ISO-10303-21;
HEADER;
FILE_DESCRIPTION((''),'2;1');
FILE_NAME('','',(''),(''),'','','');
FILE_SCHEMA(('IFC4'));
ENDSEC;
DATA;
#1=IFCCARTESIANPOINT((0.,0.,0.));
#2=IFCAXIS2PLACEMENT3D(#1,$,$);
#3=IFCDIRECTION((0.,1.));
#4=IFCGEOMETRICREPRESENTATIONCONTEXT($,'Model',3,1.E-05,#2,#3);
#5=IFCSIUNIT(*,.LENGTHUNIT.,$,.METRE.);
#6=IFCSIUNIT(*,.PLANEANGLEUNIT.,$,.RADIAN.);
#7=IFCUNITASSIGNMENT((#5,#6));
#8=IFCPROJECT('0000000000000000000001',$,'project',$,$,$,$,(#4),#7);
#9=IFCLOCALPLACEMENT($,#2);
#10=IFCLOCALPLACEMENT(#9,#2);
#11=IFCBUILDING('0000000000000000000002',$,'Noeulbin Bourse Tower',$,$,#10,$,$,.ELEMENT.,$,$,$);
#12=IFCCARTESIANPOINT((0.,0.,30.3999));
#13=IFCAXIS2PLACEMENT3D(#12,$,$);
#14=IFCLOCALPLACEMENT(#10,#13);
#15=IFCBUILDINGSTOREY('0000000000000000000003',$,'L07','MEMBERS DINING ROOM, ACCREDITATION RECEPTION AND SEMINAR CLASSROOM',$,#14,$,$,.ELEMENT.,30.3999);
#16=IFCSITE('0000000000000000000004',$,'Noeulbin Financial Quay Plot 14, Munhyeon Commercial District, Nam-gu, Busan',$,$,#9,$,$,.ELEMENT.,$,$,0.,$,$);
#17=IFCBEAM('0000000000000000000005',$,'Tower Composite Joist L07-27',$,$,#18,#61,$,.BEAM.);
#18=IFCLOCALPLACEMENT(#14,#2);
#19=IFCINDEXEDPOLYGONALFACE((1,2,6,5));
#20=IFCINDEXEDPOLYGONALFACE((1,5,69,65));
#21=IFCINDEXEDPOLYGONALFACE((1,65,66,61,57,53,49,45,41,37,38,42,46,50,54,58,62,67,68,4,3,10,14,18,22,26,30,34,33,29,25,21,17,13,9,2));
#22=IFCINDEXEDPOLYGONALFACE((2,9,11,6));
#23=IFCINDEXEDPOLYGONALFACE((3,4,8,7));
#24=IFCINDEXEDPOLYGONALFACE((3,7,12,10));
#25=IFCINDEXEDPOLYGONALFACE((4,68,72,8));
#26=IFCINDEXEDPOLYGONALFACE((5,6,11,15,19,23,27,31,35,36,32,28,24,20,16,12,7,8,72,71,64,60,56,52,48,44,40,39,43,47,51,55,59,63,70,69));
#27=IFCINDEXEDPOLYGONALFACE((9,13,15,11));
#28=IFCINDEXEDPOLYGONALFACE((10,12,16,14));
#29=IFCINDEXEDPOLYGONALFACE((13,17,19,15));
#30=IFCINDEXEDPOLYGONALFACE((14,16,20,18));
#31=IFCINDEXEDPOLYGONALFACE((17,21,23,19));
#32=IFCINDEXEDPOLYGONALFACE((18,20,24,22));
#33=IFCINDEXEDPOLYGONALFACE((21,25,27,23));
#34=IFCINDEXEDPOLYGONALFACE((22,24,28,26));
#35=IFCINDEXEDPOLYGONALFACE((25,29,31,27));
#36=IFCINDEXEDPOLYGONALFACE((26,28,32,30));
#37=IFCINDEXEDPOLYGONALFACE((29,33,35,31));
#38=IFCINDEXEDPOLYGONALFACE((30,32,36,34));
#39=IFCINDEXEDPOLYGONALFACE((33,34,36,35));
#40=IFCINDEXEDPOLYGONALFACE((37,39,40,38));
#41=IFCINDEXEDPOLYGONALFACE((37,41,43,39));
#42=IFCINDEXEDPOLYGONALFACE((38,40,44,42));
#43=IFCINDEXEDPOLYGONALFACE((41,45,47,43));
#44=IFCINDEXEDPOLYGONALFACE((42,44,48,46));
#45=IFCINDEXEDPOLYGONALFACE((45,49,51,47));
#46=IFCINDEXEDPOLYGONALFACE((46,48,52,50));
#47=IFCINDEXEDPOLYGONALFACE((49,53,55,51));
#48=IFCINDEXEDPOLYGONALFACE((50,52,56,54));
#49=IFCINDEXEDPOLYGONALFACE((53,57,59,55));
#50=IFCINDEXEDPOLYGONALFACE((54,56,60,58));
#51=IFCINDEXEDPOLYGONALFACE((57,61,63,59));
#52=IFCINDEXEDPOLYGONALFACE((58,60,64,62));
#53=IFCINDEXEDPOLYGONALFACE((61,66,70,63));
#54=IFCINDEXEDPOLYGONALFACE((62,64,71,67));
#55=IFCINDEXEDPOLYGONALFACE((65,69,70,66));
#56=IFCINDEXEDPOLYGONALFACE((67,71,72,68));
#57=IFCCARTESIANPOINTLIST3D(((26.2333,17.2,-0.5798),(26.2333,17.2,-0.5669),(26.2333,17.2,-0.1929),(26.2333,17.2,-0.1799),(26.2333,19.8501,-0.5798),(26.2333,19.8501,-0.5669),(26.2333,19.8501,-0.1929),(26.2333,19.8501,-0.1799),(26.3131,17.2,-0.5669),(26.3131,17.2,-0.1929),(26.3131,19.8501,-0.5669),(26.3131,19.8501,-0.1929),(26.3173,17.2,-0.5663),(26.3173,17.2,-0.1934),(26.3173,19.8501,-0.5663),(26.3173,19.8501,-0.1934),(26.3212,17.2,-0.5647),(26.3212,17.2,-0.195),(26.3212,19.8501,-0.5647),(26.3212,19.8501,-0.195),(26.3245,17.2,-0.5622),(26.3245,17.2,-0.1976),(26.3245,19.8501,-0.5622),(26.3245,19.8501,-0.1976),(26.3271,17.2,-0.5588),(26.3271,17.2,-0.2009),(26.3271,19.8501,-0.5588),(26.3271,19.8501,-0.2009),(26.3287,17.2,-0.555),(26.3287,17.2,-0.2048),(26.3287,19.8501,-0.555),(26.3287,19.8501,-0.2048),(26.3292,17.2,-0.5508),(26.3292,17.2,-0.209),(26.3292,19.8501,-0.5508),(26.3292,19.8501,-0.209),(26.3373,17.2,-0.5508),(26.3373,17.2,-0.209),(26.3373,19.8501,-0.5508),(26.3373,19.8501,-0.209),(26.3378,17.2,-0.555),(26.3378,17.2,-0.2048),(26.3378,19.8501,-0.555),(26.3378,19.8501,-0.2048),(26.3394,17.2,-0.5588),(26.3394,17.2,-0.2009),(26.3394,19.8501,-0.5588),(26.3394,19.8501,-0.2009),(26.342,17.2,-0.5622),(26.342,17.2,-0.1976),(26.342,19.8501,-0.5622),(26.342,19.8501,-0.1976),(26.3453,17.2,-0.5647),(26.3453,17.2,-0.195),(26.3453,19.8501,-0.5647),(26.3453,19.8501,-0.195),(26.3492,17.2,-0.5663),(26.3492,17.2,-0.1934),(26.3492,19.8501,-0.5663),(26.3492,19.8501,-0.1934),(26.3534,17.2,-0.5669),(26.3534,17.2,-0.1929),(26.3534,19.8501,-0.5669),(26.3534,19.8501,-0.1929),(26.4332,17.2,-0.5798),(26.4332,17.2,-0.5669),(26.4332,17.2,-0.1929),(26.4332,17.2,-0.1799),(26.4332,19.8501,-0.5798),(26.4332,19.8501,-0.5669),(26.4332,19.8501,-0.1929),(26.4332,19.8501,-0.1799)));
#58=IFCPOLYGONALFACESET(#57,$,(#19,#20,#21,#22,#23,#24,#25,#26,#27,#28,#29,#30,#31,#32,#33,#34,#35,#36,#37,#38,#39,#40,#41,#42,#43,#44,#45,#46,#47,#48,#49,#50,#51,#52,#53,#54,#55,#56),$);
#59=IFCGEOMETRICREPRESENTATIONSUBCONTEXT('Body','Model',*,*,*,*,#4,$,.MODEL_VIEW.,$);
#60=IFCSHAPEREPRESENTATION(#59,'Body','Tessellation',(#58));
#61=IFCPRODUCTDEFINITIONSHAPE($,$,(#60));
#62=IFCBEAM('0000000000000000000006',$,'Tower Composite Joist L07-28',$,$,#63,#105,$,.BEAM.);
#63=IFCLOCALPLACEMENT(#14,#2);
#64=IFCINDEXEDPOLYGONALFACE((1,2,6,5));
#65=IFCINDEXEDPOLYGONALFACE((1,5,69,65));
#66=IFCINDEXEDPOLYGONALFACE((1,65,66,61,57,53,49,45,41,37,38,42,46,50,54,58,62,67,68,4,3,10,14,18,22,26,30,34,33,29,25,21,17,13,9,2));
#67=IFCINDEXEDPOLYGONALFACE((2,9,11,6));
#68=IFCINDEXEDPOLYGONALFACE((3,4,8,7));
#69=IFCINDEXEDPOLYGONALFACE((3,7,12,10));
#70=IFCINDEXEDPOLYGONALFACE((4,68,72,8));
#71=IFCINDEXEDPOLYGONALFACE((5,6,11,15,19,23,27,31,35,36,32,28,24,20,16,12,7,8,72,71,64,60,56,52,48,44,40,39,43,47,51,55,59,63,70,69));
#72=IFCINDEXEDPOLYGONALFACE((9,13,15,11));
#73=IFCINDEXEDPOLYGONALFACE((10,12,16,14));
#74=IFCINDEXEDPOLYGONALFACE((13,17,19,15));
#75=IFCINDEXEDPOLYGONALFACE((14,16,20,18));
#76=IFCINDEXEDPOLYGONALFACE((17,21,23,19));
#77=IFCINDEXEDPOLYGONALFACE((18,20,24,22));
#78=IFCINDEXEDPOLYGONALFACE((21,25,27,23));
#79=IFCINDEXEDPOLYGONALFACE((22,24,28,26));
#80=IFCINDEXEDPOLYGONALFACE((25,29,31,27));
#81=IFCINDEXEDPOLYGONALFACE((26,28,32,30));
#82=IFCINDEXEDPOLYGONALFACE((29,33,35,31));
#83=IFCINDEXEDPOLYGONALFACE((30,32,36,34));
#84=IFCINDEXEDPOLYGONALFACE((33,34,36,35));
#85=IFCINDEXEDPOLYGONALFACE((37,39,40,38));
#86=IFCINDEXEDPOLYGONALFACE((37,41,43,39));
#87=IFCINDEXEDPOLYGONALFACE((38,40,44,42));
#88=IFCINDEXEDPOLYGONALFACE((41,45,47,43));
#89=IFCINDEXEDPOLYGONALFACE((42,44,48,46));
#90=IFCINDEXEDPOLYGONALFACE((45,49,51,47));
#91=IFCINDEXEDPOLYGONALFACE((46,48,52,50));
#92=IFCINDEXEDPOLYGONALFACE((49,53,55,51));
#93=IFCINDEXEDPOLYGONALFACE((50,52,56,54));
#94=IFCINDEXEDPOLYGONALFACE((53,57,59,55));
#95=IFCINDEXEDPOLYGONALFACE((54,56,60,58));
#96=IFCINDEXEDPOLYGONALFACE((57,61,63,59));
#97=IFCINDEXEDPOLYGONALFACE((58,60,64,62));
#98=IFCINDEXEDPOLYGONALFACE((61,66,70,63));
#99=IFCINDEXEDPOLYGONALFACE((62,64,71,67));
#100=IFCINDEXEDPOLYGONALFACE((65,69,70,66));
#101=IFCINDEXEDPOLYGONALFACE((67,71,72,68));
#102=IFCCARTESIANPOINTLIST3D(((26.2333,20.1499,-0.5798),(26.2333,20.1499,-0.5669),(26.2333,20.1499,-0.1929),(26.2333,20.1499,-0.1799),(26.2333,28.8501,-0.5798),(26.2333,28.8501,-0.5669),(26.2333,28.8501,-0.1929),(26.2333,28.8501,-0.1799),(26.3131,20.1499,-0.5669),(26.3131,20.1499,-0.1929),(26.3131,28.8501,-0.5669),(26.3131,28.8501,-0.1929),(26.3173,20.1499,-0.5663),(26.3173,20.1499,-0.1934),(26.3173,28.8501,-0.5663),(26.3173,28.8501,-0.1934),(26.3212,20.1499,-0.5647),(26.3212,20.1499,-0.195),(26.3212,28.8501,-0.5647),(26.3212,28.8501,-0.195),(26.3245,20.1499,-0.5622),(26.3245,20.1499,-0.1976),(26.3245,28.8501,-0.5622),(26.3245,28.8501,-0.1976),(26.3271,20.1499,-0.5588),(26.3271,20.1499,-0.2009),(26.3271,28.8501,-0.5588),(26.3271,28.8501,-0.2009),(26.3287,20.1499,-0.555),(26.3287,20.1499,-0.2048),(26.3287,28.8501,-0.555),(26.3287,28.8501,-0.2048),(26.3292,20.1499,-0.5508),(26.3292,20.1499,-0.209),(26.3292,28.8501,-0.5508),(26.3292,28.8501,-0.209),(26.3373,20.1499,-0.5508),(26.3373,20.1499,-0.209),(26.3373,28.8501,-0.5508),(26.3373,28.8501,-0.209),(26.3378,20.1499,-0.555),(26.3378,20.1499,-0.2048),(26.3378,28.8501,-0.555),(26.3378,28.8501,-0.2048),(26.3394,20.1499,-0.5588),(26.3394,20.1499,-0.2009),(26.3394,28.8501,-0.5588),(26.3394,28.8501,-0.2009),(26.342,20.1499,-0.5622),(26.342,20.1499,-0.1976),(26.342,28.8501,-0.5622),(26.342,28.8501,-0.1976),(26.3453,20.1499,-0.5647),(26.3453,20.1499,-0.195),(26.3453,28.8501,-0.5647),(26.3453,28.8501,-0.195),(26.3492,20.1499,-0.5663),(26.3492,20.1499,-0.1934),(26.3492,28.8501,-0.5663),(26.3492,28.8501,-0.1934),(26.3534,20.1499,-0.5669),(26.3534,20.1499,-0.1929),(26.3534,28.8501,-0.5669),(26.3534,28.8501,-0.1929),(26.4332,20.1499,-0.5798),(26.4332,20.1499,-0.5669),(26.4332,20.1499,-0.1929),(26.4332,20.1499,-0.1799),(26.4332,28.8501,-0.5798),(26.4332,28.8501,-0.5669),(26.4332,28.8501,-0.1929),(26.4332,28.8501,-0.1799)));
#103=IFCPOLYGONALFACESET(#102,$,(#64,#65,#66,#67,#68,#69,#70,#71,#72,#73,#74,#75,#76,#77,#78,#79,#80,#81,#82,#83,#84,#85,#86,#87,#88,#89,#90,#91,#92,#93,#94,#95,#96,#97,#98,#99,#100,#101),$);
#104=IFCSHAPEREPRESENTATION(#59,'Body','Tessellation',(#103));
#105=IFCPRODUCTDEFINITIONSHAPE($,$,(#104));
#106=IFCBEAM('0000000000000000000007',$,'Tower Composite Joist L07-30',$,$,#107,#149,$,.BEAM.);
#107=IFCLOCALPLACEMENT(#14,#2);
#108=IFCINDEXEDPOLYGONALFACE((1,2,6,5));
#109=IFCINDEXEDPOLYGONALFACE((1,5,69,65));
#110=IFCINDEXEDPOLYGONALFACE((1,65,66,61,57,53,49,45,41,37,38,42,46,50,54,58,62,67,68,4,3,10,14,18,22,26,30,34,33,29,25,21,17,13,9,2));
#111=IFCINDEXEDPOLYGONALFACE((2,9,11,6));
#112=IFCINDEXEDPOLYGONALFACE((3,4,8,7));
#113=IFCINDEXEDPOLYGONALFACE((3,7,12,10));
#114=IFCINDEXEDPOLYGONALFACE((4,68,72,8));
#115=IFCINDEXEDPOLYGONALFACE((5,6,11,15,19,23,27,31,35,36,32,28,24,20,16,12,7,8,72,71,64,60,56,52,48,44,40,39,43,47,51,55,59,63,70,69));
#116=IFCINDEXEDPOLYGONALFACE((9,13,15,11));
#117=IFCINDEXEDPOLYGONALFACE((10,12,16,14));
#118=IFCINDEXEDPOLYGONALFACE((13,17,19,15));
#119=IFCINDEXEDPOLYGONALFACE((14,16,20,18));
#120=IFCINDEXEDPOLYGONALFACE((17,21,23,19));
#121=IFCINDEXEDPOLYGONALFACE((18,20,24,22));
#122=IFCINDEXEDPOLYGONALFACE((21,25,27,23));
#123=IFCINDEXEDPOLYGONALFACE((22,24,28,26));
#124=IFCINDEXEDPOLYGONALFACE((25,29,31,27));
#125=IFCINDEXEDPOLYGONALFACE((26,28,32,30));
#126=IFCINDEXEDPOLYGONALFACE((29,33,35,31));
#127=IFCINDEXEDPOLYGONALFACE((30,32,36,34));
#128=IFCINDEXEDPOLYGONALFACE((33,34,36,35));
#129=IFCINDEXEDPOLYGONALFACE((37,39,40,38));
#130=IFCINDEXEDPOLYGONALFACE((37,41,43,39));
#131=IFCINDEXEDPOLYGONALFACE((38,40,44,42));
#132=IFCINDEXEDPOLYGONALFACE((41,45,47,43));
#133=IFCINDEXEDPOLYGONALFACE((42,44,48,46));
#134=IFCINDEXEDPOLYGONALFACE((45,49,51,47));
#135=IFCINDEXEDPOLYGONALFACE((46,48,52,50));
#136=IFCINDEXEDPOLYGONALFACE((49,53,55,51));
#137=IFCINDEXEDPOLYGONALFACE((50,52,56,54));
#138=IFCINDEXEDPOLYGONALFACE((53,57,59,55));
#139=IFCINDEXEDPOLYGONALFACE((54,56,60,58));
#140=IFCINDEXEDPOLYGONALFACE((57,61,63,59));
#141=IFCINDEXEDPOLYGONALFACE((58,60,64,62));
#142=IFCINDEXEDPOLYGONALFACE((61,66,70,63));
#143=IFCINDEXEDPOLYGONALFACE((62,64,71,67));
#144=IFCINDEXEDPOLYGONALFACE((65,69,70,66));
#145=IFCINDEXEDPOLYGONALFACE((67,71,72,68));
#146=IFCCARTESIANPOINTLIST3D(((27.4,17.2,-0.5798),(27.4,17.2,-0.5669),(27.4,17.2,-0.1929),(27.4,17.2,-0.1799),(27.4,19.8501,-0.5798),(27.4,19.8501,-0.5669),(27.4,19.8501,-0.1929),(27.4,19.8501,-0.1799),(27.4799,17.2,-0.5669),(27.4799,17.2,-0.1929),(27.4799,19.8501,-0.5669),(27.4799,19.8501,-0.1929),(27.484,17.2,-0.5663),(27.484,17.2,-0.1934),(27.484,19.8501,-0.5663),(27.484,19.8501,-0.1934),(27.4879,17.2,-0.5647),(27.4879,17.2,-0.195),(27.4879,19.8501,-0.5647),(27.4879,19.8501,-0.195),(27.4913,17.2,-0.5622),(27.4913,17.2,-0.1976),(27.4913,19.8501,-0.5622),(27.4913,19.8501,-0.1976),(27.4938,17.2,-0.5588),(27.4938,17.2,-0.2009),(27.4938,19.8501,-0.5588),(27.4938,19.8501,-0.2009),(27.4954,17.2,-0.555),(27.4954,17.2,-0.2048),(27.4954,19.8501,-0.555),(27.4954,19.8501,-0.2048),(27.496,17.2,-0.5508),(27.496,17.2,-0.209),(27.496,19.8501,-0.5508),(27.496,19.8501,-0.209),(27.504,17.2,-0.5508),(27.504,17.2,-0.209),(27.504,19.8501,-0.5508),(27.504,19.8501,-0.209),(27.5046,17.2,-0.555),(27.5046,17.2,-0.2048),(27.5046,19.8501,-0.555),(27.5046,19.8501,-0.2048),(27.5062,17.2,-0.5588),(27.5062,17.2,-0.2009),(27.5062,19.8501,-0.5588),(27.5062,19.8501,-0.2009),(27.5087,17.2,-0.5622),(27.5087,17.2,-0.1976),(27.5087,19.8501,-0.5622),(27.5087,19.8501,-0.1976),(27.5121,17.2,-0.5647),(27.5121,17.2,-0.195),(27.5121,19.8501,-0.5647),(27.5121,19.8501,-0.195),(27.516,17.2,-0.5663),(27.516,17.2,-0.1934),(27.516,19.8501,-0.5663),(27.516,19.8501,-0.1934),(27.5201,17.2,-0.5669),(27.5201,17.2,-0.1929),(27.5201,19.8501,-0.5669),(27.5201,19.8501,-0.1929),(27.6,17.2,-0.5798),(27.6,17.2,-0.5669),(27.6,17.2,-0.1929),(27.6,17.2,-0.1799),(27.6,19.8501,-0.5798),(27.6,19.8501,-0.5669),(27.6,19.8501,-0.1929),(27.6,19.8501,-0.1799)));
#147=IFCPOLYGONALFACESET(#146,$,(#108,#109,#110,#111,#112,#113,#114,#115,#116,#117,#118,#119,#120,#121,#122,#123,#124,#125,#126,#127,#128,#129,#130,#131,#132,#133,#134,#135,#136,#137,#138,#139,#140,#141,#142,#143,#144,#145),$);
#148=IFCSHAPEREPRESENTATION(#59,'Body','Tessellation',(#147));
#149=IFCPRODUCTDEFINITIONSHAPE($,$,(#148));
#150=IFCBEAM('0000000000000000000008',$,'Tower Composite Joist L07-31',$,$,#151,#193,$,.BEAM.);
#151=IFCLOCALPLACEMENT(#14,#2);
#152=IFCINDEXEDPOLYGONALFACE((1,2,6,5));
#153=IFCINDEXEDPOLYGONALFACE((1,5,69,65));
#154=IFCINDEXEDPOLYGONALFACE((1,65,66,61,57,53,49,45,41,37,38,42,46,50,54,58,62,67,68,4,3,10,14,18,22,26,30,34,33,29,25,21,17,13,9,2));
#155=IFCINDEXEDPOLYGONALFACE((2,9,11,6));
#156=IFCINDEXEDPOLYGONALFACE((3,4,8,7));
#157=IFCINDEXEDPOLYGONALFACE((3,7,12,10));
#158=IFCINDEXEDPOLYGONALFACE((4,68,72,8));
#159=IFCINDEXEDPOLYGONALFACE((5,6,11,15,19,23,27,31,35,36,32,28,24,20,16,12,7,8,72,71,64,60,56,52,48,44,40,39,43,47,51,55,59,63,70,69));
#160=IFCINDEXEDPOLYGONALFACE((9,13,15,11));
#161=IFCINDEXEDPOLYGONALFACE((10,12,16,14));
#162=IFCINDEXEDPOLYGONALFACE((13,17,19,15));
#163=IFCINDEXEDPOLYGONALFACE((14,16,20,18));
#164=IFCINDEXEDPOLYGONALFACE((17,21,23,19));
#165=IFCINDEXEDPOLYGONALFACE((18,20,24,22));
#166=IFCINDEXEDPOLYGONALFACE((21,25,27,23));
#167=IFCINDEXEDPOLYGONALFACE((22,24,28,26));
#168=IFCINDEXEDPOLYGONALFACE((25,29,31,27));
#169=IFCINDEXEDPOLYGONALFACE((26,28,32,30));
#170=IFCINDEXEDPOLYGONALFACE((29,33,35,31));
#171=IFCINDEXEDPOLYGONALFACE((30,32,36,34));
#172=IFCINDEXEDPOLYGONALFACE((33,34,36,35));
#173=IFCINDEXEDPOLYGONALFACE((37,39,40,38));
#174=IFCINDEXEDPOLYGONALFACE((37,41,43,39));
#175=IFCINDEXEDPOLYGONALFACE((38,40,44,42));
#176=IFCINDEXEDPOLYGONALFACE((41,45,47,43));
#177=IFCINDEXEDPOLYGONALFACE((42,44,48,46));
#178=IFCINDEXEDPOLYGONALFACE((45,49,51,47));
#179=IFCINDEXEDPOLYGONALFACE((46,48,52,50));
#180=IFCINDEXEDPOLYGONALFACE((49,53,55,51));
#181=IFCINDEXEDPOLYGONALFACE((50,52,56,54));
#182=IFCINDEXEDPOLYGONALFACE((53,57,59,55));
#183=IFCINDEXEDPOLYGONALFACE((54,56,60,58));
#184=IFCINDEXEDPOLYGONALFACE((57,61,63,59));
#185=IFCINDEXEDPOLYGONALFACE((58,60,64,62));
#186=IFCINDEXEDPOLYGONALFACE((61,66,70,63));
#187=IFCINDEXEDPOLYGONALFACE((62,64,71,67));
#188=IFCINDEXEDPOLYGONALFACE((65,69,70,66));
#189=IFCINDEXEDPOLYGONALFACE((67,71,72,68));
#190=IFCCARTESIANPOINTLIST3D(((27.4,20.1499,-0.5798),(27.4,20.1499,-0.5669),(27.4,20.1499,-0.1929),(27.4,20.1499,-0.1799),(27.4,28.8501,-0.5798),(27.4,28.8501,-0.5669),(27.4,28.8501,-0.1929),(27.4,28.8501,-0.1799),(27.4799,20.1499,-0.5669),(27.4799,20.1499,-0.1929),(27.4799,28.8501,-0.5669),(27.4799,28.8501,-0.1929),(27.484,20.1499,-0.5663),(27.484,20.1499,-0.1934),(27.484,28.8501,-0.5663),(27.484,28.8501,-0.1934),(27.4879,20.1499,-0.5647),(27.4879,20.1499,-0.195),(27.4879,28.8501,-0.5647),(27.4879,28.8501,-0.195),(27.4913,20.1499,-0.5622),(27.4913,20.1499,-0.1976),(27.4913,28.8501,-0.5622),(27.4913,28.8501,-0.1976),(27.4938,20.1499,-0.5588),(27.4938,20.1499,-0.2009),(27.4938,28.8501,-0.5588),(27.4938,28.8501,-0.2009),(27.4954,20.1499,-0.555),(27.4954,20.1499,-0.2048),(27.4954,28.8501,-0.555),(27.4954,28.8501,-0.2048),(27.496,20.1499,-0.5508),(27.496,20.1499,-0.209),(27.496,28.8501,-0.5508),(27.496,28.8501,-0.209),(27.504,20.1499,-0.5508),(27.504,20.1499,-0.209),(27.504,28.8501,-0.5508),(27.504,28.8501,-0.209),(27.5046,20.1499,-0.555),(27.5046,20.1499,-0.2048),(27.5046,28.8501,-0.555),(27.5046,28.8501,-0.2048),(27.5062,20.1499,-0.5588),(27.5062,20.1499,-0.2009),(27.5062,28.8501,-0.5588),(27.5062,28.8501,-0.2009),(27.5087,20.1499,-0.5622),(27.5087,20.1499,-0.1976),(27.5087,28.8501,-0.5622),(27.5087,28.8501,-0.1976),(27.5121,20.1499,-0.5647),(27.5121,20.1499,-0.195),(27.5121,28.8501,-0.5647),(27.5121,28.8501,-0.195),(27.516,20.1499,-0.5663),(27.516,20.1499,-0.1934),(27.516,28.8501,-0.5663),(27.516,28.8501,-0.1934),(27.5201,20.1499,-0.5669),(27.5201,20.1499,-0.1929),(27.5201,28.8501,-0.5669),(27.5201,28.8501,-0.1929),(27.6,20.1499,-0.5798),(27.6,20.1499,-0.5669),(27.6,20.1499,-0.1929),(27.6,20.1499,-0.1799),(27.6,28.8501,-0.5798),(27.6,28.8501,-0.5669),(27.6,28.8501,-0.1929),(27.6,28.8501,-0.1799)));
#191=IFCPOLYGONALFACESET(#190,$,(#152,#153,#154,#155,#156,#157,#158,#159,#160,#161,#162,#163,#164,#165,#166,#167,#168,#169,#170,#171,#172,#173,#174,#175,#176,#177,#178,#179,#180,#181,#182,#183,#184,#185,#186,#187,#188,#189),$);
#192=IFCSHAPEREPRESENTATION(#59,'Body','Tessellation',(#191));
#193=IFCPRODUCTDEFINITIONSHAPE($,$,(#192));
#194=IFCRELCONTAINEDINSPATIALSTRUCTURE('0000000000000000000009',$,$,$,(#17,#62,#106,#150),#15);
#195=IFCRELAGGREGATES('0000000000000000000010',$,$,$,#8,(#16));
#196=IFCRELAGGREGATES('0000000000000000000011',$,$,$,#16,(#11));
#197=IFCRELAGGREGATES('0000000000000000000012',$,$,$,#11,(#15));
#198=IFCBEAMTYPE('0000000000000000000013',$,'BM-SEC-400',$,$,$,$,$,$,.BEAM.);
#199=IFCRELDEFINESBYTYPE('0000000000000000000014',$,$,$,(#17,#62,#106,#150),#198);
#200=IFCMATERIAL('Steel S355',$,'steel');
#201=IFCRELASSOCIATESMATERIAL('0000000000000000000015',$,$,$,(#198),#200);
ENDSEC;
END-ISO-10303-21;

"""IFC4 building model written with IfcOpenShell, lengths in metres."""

from ifc_helpers import new_model, si_unit, direction, frame, origin, origin_2d, place, context, subcontext, project, spatial, i_section, extrude, material, material_profile, profile_set, type_object, element, save


model = new_model("IFC4")

# Units and contexts
model_context = context("Model", 3, precision=1e-05, world=origin(), true_north=direction((0.0, 1.0)))
body_context = subcontext(model_context, "Body", "Model", "MODEL_VIEW")
ifc_project = project(units=[si_unit("LENGTHUNIT", "METRE"), si_unit("PLANEANGLEUNIT", "RADIAN")], contexts=[model_context])

# Site, building, storey
site_placement = place(None, origin())
site = spatial("IfcSite", under=ifc_project, at=site_placement, Name="Noeulbin Financial Quay Plot 14, Munhyeon Commercial District, Nam-gu, Busan", CompositionType="ELEMENT", RefElevation=0.0)
building_placement = place(site_placement, origin())
building = spatial("IfcBuilding", under=site, at=building_placement, Name="Noeulbin Bourse Tower", CompositionType="ELEMENT")
storey_placement = place(building_placement, frame((0.0, 0.0, 30.3999)))
storey = spatial("IfcBuildingStorey", under=building, at=storey_placement, Name="L07", Description="MEMBERS DINING ROOM, ACCREDITATION RECEPTION AND SEMINAR CLASSROOM", CompositionType="ELEMENT", Elevation=30.3999)

# Beams
ifc_material_1 = material(Name="Steel S355", Category="steel")
ifc_material_profile_1 = material_profile(ifc_material_1, i_section(OverallWidth=0.2, OverallDepth=0.3999, WebThickness=0.0081, FlangeThickness=0.0129, FilletRadius=0.0161, at=origin_2d()), Name="H-400x200x8x13", Category="LoadBearing")
ifc_profile_set_1 = profile_set([ifc_material_profile_1], Name="Steel S355")
beam_type_1 = type_object("IfcBeamType", Name="BM-SEC-400", PredefinedType="BEAM", material=ifc_profile_set_1)
beam_1_placement = place(storey_placement, frame((26.3333, 17.2, -0.3799), z_axis=(0.0, 1.0, 0.0), x_axis=(-1.0, 0.0, 0.0)))
element("IfcBeam", 1, at=beam_1_placement, inside=storey, type_object=beam_type_1, Name="Tower Composite Joist L07-27", PredefinedType="BEAM", context=body_context, shape_type="SweptSolid", body=[
    extrude(i_section(OverallWidth=0.2, OverallDepth=0.3999, WebThickness=0.0081, FlangeThickness=0.0129, FilletRadius=0.0161, at=origin_2d()), origin(), (0.0, 0.0, 1.0), 2.6501),
])
beam_2_placement = place(storey_placement, frame((26.3333, 20.1499, -0.3799), z_axis=(0.0, 1.0, 0.0), x_axis=(-1.0, 0.0, 0.0)))
element("IfcBeam", 2, at=beam_2_placement, inside=storey, type_object=beam_type_1, Name="Tower Composite Joist L07-28", PredefinedType="BEAM", context=body_context, shape_type="SweptSolid", body=[
    extrude(i_section(OverallWidth=0.2, OverallDepth=0.3999, WebThickness=0.0081, FlangeThickness=0.0129, FilletRadius=0.0161, at=origin_2d()), origin(), (0.0, 0.0, 1.0), 8.7002),
])
beam_3_placement = place(storey_placement, frame((27.5, 17.2, -0.3799), z_axis=(0.0, 1.0, 0.0), x_axis=(-1.0, 0.0, 0.0)))
element("IfcBeam", 3, at=beam_3_placement, inside=storey, type_object=beam_type_1, Name="Tower Composite Joist L07-30", PredefinedType="BEAM", context=body_context, shape_type="SweptSolid", body=[
    extrude(i_section(OverallWidth=0.2, OverallDepth=0.3999, WebThickness=0.0081, FlangeThickness=0.0129, FilletRadius=0.0161, at=origin_2d()), origin(), (0.0, 0.0, 1.0), 2.6501),
])
beam_4_placement = place(storey_placement, frame((27.5, 20.1499, -0.3799), z_axis=(0.0, 1.0, 0.0), x_axis=(-1.0, 0.0, 0.0)))
element("IfcBeam", 4, at=beam_4_placement, inside=storey, type_object=beam_type_1, Name="Tower Composite Joist L07-31", PredefinedType="BEAM", context=body_context, shape_type="SweptSolid", body=[
    extrude(i_section(OverallWidth=0.2, OverallDepth=0.3999, WebThickness=0.0081, FlangeThickness=0.0129, FilletRadius=0.0161, at=origin_2d()), origin(), (0.0, 0.0, 1.0), 8.7002),
])

save(model, "model.ifc")
